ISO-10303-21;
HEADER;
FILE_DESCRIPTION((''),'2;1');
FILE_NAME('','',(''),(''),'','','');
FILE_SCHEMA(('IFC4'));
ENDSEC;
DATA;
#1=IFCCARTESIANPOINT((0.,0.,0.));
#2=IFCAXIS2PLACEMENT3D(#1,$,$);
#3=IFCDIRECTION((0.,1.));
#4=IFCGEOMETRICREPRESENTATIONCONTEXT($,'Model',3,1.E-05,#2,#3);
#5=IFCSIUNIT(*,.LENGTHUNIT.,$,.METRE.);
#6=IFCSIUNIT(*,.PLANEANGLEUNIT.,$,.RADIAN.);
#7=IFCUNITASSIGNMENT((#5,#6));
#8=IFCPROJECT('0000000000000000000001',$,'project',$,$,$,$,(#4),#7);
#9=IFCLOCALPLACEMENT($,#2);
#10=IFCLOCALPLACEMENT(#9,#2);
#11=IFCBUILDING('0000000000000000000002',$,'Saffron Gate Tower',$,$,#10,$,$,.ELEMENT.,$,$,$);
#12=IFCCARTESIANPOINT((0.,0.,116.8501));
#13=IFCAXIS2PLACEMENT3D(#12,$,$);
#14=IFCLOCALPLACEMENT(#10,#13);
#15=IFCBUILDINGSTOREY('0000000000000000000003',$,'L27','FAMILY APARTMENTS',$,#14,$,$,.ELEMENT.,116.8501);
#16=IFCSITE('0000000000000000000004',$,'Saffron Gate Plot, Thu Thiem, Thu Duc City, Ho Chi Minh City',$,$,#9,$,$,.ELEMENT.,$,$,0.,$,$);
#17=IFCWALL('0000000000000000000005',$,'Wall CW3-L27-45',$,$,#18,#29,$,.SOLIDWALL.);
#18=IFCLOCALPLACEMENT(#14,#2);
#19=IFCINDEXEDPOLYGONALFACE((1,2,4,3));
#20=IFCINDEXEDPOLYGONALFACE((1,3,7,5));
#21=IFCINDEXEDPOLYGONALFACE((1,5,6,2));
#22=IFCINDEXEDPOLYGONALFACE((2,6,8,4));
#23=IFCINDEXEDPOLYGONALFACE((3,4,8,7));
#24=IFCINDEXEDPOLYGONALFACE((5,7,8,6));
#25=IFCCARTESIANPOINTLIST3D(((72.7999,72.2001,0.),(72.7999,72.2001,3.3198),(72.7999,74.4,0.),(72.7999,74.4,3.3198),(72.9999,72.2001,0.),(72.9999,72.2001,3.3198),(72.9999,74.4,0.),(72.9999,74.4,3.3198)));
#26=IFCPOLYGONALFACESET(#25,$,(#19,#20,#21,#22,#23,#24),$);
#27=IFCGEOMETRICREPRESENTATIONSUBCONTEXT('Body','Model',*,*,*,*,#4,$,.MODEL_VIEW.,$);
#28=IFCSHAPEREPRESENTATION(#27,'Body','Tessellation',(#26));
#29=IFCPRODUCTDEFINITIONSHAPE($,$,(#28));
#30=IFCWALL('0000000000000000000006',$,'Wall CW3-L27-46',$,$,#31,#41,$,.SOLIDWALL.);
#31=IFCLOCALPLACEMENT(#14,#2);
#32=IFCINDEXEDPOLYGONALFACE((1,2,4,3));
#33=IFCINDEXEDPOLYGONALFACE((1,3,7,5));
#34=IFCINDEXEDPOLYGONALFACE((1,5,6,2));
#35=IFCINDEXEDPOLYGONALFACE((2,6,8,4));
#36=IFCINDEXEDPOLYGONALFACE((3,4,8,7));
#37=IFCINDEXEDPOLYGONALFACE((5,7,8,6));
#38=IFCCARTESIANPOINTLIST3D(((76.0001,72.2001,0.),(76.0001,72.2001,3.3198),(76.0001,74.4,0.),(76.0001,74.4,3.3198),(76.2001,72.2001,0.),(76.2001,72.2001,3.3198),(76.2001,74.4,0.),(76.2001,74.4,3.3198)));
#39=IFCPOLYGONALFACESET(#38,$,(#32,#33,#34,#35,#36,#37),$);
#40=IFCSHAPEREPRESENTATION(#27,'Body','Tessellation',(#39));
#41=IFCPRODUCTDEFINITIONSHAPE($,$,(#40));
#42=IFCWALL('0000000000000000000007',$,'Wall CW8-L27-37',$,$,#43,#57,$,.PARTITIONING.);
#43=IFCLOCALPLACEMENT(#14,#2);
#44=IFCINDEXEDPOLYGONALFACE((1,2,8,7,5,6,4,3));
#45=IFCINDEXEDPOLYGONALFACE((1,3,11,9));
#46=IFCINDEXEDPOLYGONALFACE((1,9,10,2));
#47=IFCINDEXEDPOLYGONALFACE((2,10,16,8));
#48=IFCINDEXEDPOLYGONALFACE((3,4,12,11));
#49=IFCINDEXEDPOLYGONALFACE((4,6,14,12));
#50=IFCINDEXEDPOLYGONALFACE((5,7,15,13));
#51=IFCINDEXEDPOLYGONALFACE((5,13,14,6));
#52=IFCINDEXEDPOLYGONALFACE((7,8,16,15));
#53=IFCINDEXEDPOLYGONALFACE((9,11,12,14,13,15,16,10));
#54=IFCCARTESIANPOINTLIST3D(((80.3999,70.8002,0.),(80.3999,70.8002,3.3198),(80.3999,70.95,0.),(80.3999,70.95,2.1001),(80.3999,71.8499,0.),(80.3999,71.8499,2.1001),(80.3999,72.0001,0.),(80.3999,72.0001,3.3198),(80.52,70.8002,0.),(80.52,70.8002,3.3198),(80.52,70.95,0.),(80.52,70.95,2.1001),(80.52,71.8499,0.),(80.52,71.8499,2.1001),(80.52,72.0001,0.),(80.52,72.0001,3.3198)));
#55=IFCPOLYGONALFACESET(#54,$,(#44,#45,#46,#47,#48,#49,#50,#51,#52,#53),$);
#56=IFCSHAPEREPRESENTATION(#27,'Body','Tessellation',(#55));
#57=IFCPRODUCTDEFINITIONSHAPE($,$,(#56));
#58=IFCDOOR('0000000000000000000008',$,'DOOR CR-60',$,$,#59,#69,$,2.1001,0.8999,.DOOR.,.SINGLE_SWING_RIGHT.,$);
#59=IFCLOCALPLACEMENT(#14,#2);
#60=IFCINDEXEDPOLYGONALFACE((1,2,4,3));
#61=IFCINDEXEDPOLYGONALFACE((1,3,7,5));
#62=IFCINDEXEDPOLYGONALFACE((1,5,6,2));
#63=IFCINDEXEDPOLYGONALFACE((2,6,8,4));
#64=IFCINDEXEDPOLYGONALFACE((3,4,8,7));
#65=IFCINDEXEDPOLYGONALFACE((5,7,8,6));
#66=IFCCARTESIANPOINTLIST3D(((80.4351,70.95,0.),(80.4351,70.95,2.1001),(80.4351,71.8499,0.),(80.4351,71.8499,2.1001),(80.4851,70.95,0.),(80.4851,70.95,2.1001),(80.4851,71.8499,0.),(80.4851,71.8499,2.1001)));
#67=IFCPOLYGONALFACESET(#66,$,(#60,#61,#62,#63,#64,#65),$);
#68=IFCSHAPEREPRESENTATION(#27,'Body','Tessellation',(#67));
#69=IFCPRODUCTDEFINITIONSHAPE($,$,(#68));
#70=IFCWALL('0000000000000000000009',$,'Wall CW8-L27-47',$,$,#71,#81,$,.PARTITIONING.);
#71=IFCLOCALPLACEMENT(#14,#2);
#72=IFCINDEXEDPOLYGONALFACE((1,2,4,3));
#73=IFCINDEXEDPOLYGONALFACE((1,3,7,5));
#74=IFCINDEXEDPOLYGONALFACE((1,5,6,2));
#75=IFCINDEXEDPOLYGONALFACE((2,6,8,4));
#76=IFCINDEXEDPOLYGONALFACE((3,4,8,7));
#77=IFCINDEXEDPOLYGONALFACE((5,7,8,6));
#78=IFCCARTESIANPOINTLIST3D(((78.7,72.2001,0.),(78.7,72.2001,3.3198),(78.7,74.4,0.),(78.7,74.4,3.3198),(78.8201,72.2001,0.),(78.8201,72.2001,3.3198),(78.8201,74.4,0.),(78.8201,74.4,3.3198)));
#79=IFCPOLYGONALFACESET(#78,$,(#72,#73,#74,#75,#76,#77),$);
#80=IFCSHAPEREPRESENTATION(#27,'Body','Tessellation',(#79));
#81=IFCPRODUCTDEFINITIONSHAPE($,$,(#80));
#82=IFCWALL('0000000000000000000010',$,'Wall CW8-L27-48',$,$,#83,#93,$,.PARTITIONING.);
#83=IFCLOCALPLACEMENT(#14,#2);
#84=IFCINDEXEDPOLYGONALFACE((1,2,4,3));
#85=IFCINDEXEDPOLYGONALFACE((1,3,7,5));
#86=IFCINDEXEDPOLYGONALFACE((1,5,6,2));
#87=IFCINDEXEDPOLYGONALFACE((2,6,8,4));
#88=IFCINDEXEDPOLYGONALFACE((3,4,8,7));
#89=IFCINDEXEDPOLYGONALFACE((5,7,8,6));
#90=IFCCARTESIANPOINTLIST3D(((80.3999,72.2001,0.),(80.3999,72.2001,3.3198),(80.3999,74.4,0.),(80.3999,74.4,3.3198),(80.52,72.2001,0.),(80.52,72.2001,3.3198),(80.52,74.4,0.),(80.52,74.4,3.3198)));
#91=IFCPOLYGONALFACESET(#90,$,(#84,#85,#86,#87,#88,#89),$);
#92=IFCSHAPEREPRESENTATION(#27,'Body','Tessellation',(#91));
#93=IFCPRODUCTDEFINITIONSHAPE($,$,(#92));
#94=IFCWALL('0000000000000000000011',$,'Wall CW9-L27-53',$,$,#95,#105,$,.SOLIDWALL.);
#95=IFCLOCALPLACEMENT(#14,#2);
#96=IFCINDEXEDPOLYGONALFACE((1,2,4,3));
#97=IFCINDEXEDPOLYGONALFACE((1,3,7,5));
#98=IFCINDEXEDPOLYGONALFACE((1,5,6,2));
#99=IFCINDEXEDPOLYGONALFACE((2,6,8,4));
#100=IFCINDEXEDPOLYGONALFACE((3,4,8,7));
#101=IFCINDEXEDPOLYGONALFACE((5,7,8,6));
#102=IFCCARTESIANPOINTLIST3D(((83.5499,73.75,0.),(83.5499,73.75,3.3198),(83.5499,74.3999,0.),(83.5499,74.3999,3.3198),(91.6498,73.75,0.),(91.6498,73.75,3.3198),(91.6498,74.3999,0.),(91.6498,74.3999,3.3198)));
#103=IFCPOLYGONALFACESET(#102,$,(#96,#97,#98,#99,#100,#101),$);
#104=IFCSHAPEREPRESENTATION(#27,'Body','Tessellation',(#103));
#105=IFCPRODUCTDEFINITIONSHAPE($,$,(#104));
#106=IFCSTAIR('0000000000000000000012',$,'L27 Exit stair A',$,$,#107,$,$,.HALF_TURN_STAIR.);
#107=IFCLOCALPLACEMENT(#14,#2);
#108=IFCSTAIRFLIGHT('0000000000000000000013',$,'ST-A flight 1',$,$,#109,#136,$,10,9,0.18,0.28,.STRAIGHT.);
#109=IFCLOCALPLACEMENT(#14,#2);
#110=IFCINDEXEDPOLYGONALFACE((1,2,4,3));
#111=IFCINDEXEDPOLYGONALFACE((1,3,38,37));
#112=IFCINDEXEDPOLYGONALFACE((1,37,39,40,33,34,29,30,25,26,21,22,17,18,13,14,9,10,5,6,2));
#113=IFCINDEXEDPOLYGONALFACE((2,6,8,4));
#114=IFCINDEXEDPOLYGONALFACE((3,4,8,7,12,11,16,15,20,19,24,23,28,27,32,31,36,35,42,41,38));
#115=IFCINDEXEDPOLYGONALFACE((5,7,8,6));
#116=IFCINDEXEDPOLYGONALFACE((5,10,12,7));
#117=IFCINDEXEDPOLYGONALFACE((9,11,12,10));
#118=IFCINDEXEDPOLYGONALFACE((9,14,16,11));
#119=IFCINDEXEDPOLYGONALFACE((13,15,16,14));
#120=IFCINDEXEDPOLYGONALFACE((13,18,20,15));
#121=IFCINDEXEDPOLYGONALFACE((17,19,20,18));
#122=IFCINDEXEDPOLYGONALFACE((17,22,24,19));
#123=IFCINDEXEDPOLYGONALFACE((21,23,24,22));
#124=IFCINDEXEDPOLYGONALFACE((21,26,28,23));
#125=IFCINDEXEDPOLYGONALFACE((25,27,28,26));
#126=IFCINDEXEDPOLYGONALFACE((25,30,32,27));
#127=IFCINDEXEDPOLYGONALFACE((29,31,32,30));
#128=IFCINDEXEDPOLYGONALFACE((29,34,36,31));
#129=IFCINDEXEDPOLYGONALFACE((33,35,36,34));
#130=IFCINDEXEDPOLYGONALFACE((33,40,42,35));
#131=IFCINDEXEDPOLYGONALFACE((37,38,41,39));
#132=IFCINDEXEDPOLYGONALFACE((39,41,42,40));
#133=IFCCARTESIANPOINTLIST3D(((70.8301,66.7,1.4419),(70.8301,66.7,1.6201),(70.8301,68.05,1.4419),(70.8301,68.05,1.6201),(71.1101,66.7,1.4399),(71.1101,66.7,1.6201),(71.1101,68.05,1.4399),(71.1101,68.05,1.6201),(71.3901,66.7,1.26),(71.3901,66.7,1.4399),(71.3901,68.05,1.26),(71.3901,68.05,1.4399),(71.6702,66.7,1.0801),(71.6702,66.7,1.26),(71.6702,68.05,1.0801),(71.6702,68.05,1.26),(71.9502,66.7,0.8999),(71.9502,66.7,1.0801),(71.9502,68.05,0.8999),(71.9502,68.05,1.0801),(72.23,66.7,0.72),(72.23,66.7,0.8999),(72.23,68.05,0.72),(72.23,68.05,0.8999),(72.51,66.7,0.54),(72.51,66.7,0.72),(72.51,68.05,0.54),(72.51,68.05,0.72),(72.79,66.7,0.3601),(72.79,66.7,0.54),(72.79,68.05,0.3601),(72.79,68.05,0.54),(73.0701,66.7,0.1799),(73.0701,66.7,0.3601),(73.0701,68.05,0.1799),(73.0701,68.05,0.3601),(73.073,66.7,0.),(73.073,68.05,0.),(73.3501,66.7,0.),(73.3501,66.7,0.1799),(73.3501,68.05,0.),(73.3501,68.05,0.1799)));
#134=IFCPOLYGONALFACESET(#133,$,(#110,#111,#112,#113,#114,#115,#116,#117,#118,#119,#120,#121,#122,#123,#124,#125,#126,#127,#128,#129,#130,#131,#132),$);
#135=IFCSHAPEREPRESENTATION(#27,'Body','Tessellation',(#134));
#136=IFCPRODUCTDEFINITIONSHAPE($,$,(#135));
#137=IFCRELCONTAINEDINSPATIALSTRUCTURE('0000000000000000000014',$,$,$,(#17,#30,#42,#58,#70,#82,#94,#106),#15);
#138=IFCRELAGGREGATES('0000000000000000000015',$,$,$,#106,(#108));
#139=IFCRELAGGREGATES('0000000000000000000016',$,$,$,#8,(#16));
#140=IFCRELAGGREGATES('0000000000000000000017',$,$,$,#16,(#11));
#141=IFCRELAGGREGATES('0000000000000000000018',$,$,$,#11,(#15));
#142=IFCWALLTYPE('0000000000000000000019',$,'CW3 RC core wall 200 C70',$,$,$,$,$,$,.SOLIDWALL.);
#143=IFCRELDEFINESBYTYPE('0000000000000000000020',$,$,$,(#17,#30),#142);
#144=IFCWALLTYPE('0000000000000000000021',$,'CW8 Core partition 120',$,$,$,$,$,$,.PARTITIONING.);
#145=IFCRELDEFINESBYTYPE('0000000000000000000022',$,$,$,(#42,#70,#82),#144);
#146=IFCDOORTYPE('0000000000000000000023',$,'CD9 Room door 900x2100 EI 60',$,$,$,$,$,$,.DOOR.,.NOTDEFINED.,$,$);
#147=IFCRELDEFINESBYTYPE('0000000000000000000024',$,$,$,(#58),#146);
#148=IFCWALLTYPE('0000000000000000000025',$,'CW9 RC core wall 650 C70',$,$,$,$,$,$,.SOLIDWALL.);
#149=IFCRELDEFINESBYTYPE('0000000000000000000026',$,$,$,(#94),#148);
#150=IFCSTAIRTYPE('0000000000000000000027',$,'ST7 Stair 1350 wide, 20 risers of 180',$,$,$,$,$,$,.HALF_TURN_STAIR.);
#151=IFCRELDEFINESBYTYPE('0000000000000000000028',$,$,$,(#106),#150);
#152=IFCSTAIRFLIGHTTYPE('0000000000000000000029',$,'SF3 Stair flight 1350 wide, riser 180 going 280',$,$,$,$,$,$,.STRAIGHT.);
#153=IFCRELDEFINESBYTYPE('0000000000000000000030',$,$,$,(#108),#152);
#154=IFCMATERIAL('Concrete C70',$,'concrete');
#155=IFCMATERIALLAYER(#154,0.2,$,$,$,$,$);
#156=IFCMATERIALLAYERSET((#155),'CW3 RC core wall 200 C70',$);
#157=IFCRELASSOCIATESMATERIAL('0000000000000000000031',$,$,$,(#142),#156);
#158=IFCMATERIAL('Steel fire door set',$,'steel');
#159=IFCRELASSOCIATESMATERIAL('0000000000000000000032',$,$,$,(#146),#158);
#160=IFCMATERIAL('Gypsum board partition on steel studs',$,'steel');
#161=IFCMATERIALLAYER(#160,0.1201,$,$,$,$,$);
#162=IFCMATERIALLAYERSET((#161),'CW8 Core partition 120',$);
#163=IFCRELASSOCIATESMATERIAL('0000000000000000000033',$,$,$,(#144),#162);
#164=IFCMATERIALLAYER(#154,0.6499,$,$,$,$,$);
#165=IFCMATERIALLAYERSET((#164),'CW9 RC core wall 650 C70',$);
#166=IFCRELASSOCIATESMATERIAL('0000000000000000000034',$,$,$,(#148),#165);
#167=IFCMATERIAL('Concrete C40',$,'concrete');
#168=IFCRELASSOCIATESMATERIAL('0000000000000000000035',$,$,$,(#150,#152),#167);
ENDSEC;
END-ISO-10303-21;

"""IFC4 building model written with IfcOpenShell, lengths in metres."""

from ifc_helpers import new_model, si_unit, direction, frame, frame_2d, origin, place, context, subcontext, project, spatial, polyline, rectangle, outline, extrude, material, layer, layer_set, type_object, element, fill, aggregate, save


model = new_model("IFC4")

# Units and contexts
model_context = context("Model", 3, precision=1e-05, world=origin(), true_north=direction((0.0, 1.0)))
body_context = subcontext(model_context, "Body", "Model", "MODEL_VIEW")
ifc_project = project(units=[si_unit("LENGTHUNIT", "METRE"), si_unit("PLANEANGLEUNIT", "RADIAN")], contexts=[model_context])

# Site, building, storey
site_placement = place(None, origin())
site = spatial("IfcSite", under=ifc_project, at=site_placement, Name="Saffron Gate Plot, Thu Thiem, Thu Duc City, Ho Chi Minh City", CompositionType="ELEMENT", RefElevation=0.0)
building_placement = place(site_placement, origin())
building = spatial("IfcBuilding", under=site, at=building_placement, Name="Saffron Gate Tower", CompositionType="ELEMENT")
storey_placement = place(building_placement, frame((0.0, 0.0, 116.8501)))
storey = spatial("IfcBuildingStorey", under=building, at=storey_placement, Name="L27", Description="FAMILY APARTMENTS", CompositionType="ELEMENT", Elevation=116.8501)

# Shared definitions
ifc_material_1 = material(Name="Concrete C70", Category="concrete")

# Shared definitions
ifc_layer_1 = layer(ifc_material_1, 0.2)
ifc_layer_set_1 = layer_set([ifc_layer_1], Name="CW3 RC core wall 200 C70")
wall_type_1 = type_object("IfcWallType", Name="CW3 RC core wall 200 C70", PredefinedType="SOLIDWALL", material=ifc_layer_set_1)
ifc_material_2 = material(Name="Steel fire door set", Category="steel")
door_type_1 = type_object("IfcDoorType", Name="CD9 Room door 900x2100 EI 60", OperationType="NOTDEFINED", PredefinedType="DOOR", material=ifc_material_2)

# Walls
for number, where, z_axis, x_axis, name in (
    (1, (72.8999, 72.2, 0.0), (0.0, 0.0, 1.0), (0.0, 1.0, 0.0), "Wall CW3-L27-45"),
    (2, (76.1001, 72.2, 0.0), (0.0, 0.0, 1.0), (0.0, 1.0, 0.0), "Wall CW3-L27-46"),
):
    element("IfcWall", number, at=place(storey_placement, frame(where, z_axis=z_axis, x_axis=x_axis)), inside=storey, type_object=wall_type_1, Name=name, PredefinedType="SOLIDWALL", context=body_context, shape_type="SweptSolid", body=[
        extrude(rectangle(XDim=2.2, YDim=0.2, at=frame_2d((1.1001, 0.0))), origin(), (0.0, 0.0, 1.0), 3.3198),
    ])

# Wall, opening, door
ifc_material_3 = material(Name="Gypsum board partition on steel studs", Category="steel")
ifc_layer_2 = layer(ifc_material_3, 0.1201)
ifc_layer_set_2 = layer_set([ifc_layer_2], Name="CW8 Core partition 120")
wall_type_2 = type_object("IfcWallType", Name="CW8 Core partition 120", PredefinedType="PARTITIONING", material=ifc_layer_set_2)
wall_1_placement = place(storey_placement, frame((80.46, 70.8, 0.0), z_axis=(0.0, 0.0, 1.0), x_axis=(0.0, 1.0, 0.0)))
wall_1 = element("IfcWall", 3, at=wall_1_placement, inside=storey, type_object=wall_type_2, Name="Wall CW8-L27-37", PredefinedType="PARTITIONING", context=body_context, shape_type="SweptSolid", body=[
    extrude(rectangle(XDim=1.2, YDim=0.1201, at=frame_2d((0.6001, 0.0))), origin(), (0.0, 0.0, 1.0), 3.3198),
])
opening_1_placement = place(wall_1_placement, frame((0.1499, 0.0, 0.0)))
opening_1 = element("IfcOpeningElement", 4, at=opening_1_placement, cuts=wall_1, PredefinedType="OPENING", context=body_context, shape_type="SweptSolid", body=[
    extrude(rectangle(XDim=0.8999, YDim=2.1001, at=frame_2d((0.45, 1.05))), frame((0.0, 0.0701, 0.0), z_axis=(0.0, -1.0, 0.0), x_axis=(1.0, 0.0, 0.0)), (0.0, 0.0, 1.0), 0.1401),
])
door_1_placement = place(opening_1_placement, origin())
door_1 = element("IfcDoor", 5, at=door_1_placement, inside=storey, type_object=door_type_1, Name="DOOR CR-60", OperationType="SINGLE_SWING_RIGHT", OverallHeight=2.1001, OverallWidth=0.8999, PredefinedType="DOOR", context=body_context, shape_type="SweptSolid", body=[
    extrude(rectangle(XDim=0.8999, YDim=2.1001, at=frame_2d((0.45, 1.05))), frame((0.0, 0.0249, 0.0), z_axis=(0.0, -1.0, 0.0), x_axis=(1.0, 0.0, 0.0)), (0.0, 0.0, 1.0), 0.05),
])
fill(opening_1, door_1)

# Walls
for number, where, z_axis, x_axis, name in (
    (6, (78.76, 72.2, 0.0), (0.0, 0.0, 1.0), (0.0, 1.0, 0.0), "Wall CW8-L27-47"),
    (7, (80.46, 72.2, 0.0), (0.0, 0.0, 1.0), (0.0, 1.0, 0.0), "Wall CW8-L27-48"),
):
    element("IfcWall", number, at=place(storey_placement, frame(where, z_axis=z_axis, x_axis=x_axis)), inside=storey, type_object=wall_type_2, Name=name, PredefinedType="PARTITIONING", context=body_context, shape_type="SweptSolid", body=[
        extrude(rectangle(XDim=2.2, YDim=0.1201, at=frame_2d((1.1001, 0.0))), origin(), (0.0, 0.0, 1.0), 3.3198),
    ])
ifc_layer_3 = layer(ifc_material_1, 0.6499)
ifc_layer_set_3 = layer_set([ifc_layer_3], Name="CW9 RC core wall 650 C70")
wall_type_3 = type_object("IfcWallType", Name="CW9 RC core wall 650 C70", PredefinedType="SOLIDWALL", material=ifc_layer_set_3)
wall_2_placement = place(storey_placement, frame((83.55, 74.075, 0.0), z_axis=(0.0, 0.0, 1.0), x_axis=(1.0, 0.0, 0.0)))
element("IfcWall", 8, at=wall_2_placement, inside=storey, type_object=wall_type_3, Name="Wall CW9-L27-53", PredefinedType="SOLIDWALL", context=body_context, shape_type="SweptSolid", body=[
    extrude(rectangle(XDim=8.0999, YDim=0.6499, at=frame_2d((4.0498, 0.0))), origin(), (0.0, 0.0, 1.0), 3.3198),
])

# Stair, stair flight
ifc_material_4 = material(Name="Concrete C40", Category="concrete")
stair_type = type_object("IfcStairType", Name="ST7 Stair 1350 wide, 20 risers of 180", PredefinedType="HALF_TURN_STAIR", material=ifc_material_4)
stair_placement = place(storey_placement, origin())
stair = element("IfcStair", 9, at=stair_placement, inside=storey, type_object=stair_type, Name="L27 Exit stair A", PredefinedType="HALF_TURN_STAIR")
stair_flight_type = type_object("IfcStairFlightType", Name="SF3 Stair flight 1350 wide, riser 180 going 280", PredefinedType="STRAIGHT", material=ifc_material_4)
stair_flight_placement = place(storey_placement, frame((73.3501, 67.375, 0.0), z_axis=(0.0, 0.0, 1.0), x_axis=(-1.0, 0.0, 0.0)))
stair_flight = element("IfcStairFlight", 10, at=stair_flight_placement, type_object=stair_flight_type, Name="ST-A flight 1", NumberOfRisers=10, NumberOfTreads=9, PredefinedType="STRAIGHT", RiserHeight=0.18, TreadLength=0.28, context=body_context, shape_type="SweptSolid", body=[
    extrude(outline(polyline([(0.0, 0.0), (0.0, 0.1799), (0.28, 0.1799), (0.28, 0.3601), (0.5601, 0.3601), (0.5601, 0.54), (0.8401, 0.54), (0.8401, 0.72), (1.1201, 0.72), (1.1201, 0.8999), (1.3999, 0.8999), (1.3999, 1.0801), (1.6799, 1.0801), (1.6799, 1.26), (1.96, 1.26), (1.96, 1.4399), (2.24, 1.4399), (2.24, 1.6201), (2.52, 1.6201), (2.52, 1.8), (2.52, 1.4419), (0.2771, 0.0), (0.0, 0.0)])), frame((0.0, 0.675, 0.0), z_axis=(0.0, -1.0, 0.0), x_axis=(1.0, 0.0, 0.0)), (0.0, 0.0, 1.0), 1.3501),
])
aggregate(stair, [stair_flight])

save(model, "model.ifc")
